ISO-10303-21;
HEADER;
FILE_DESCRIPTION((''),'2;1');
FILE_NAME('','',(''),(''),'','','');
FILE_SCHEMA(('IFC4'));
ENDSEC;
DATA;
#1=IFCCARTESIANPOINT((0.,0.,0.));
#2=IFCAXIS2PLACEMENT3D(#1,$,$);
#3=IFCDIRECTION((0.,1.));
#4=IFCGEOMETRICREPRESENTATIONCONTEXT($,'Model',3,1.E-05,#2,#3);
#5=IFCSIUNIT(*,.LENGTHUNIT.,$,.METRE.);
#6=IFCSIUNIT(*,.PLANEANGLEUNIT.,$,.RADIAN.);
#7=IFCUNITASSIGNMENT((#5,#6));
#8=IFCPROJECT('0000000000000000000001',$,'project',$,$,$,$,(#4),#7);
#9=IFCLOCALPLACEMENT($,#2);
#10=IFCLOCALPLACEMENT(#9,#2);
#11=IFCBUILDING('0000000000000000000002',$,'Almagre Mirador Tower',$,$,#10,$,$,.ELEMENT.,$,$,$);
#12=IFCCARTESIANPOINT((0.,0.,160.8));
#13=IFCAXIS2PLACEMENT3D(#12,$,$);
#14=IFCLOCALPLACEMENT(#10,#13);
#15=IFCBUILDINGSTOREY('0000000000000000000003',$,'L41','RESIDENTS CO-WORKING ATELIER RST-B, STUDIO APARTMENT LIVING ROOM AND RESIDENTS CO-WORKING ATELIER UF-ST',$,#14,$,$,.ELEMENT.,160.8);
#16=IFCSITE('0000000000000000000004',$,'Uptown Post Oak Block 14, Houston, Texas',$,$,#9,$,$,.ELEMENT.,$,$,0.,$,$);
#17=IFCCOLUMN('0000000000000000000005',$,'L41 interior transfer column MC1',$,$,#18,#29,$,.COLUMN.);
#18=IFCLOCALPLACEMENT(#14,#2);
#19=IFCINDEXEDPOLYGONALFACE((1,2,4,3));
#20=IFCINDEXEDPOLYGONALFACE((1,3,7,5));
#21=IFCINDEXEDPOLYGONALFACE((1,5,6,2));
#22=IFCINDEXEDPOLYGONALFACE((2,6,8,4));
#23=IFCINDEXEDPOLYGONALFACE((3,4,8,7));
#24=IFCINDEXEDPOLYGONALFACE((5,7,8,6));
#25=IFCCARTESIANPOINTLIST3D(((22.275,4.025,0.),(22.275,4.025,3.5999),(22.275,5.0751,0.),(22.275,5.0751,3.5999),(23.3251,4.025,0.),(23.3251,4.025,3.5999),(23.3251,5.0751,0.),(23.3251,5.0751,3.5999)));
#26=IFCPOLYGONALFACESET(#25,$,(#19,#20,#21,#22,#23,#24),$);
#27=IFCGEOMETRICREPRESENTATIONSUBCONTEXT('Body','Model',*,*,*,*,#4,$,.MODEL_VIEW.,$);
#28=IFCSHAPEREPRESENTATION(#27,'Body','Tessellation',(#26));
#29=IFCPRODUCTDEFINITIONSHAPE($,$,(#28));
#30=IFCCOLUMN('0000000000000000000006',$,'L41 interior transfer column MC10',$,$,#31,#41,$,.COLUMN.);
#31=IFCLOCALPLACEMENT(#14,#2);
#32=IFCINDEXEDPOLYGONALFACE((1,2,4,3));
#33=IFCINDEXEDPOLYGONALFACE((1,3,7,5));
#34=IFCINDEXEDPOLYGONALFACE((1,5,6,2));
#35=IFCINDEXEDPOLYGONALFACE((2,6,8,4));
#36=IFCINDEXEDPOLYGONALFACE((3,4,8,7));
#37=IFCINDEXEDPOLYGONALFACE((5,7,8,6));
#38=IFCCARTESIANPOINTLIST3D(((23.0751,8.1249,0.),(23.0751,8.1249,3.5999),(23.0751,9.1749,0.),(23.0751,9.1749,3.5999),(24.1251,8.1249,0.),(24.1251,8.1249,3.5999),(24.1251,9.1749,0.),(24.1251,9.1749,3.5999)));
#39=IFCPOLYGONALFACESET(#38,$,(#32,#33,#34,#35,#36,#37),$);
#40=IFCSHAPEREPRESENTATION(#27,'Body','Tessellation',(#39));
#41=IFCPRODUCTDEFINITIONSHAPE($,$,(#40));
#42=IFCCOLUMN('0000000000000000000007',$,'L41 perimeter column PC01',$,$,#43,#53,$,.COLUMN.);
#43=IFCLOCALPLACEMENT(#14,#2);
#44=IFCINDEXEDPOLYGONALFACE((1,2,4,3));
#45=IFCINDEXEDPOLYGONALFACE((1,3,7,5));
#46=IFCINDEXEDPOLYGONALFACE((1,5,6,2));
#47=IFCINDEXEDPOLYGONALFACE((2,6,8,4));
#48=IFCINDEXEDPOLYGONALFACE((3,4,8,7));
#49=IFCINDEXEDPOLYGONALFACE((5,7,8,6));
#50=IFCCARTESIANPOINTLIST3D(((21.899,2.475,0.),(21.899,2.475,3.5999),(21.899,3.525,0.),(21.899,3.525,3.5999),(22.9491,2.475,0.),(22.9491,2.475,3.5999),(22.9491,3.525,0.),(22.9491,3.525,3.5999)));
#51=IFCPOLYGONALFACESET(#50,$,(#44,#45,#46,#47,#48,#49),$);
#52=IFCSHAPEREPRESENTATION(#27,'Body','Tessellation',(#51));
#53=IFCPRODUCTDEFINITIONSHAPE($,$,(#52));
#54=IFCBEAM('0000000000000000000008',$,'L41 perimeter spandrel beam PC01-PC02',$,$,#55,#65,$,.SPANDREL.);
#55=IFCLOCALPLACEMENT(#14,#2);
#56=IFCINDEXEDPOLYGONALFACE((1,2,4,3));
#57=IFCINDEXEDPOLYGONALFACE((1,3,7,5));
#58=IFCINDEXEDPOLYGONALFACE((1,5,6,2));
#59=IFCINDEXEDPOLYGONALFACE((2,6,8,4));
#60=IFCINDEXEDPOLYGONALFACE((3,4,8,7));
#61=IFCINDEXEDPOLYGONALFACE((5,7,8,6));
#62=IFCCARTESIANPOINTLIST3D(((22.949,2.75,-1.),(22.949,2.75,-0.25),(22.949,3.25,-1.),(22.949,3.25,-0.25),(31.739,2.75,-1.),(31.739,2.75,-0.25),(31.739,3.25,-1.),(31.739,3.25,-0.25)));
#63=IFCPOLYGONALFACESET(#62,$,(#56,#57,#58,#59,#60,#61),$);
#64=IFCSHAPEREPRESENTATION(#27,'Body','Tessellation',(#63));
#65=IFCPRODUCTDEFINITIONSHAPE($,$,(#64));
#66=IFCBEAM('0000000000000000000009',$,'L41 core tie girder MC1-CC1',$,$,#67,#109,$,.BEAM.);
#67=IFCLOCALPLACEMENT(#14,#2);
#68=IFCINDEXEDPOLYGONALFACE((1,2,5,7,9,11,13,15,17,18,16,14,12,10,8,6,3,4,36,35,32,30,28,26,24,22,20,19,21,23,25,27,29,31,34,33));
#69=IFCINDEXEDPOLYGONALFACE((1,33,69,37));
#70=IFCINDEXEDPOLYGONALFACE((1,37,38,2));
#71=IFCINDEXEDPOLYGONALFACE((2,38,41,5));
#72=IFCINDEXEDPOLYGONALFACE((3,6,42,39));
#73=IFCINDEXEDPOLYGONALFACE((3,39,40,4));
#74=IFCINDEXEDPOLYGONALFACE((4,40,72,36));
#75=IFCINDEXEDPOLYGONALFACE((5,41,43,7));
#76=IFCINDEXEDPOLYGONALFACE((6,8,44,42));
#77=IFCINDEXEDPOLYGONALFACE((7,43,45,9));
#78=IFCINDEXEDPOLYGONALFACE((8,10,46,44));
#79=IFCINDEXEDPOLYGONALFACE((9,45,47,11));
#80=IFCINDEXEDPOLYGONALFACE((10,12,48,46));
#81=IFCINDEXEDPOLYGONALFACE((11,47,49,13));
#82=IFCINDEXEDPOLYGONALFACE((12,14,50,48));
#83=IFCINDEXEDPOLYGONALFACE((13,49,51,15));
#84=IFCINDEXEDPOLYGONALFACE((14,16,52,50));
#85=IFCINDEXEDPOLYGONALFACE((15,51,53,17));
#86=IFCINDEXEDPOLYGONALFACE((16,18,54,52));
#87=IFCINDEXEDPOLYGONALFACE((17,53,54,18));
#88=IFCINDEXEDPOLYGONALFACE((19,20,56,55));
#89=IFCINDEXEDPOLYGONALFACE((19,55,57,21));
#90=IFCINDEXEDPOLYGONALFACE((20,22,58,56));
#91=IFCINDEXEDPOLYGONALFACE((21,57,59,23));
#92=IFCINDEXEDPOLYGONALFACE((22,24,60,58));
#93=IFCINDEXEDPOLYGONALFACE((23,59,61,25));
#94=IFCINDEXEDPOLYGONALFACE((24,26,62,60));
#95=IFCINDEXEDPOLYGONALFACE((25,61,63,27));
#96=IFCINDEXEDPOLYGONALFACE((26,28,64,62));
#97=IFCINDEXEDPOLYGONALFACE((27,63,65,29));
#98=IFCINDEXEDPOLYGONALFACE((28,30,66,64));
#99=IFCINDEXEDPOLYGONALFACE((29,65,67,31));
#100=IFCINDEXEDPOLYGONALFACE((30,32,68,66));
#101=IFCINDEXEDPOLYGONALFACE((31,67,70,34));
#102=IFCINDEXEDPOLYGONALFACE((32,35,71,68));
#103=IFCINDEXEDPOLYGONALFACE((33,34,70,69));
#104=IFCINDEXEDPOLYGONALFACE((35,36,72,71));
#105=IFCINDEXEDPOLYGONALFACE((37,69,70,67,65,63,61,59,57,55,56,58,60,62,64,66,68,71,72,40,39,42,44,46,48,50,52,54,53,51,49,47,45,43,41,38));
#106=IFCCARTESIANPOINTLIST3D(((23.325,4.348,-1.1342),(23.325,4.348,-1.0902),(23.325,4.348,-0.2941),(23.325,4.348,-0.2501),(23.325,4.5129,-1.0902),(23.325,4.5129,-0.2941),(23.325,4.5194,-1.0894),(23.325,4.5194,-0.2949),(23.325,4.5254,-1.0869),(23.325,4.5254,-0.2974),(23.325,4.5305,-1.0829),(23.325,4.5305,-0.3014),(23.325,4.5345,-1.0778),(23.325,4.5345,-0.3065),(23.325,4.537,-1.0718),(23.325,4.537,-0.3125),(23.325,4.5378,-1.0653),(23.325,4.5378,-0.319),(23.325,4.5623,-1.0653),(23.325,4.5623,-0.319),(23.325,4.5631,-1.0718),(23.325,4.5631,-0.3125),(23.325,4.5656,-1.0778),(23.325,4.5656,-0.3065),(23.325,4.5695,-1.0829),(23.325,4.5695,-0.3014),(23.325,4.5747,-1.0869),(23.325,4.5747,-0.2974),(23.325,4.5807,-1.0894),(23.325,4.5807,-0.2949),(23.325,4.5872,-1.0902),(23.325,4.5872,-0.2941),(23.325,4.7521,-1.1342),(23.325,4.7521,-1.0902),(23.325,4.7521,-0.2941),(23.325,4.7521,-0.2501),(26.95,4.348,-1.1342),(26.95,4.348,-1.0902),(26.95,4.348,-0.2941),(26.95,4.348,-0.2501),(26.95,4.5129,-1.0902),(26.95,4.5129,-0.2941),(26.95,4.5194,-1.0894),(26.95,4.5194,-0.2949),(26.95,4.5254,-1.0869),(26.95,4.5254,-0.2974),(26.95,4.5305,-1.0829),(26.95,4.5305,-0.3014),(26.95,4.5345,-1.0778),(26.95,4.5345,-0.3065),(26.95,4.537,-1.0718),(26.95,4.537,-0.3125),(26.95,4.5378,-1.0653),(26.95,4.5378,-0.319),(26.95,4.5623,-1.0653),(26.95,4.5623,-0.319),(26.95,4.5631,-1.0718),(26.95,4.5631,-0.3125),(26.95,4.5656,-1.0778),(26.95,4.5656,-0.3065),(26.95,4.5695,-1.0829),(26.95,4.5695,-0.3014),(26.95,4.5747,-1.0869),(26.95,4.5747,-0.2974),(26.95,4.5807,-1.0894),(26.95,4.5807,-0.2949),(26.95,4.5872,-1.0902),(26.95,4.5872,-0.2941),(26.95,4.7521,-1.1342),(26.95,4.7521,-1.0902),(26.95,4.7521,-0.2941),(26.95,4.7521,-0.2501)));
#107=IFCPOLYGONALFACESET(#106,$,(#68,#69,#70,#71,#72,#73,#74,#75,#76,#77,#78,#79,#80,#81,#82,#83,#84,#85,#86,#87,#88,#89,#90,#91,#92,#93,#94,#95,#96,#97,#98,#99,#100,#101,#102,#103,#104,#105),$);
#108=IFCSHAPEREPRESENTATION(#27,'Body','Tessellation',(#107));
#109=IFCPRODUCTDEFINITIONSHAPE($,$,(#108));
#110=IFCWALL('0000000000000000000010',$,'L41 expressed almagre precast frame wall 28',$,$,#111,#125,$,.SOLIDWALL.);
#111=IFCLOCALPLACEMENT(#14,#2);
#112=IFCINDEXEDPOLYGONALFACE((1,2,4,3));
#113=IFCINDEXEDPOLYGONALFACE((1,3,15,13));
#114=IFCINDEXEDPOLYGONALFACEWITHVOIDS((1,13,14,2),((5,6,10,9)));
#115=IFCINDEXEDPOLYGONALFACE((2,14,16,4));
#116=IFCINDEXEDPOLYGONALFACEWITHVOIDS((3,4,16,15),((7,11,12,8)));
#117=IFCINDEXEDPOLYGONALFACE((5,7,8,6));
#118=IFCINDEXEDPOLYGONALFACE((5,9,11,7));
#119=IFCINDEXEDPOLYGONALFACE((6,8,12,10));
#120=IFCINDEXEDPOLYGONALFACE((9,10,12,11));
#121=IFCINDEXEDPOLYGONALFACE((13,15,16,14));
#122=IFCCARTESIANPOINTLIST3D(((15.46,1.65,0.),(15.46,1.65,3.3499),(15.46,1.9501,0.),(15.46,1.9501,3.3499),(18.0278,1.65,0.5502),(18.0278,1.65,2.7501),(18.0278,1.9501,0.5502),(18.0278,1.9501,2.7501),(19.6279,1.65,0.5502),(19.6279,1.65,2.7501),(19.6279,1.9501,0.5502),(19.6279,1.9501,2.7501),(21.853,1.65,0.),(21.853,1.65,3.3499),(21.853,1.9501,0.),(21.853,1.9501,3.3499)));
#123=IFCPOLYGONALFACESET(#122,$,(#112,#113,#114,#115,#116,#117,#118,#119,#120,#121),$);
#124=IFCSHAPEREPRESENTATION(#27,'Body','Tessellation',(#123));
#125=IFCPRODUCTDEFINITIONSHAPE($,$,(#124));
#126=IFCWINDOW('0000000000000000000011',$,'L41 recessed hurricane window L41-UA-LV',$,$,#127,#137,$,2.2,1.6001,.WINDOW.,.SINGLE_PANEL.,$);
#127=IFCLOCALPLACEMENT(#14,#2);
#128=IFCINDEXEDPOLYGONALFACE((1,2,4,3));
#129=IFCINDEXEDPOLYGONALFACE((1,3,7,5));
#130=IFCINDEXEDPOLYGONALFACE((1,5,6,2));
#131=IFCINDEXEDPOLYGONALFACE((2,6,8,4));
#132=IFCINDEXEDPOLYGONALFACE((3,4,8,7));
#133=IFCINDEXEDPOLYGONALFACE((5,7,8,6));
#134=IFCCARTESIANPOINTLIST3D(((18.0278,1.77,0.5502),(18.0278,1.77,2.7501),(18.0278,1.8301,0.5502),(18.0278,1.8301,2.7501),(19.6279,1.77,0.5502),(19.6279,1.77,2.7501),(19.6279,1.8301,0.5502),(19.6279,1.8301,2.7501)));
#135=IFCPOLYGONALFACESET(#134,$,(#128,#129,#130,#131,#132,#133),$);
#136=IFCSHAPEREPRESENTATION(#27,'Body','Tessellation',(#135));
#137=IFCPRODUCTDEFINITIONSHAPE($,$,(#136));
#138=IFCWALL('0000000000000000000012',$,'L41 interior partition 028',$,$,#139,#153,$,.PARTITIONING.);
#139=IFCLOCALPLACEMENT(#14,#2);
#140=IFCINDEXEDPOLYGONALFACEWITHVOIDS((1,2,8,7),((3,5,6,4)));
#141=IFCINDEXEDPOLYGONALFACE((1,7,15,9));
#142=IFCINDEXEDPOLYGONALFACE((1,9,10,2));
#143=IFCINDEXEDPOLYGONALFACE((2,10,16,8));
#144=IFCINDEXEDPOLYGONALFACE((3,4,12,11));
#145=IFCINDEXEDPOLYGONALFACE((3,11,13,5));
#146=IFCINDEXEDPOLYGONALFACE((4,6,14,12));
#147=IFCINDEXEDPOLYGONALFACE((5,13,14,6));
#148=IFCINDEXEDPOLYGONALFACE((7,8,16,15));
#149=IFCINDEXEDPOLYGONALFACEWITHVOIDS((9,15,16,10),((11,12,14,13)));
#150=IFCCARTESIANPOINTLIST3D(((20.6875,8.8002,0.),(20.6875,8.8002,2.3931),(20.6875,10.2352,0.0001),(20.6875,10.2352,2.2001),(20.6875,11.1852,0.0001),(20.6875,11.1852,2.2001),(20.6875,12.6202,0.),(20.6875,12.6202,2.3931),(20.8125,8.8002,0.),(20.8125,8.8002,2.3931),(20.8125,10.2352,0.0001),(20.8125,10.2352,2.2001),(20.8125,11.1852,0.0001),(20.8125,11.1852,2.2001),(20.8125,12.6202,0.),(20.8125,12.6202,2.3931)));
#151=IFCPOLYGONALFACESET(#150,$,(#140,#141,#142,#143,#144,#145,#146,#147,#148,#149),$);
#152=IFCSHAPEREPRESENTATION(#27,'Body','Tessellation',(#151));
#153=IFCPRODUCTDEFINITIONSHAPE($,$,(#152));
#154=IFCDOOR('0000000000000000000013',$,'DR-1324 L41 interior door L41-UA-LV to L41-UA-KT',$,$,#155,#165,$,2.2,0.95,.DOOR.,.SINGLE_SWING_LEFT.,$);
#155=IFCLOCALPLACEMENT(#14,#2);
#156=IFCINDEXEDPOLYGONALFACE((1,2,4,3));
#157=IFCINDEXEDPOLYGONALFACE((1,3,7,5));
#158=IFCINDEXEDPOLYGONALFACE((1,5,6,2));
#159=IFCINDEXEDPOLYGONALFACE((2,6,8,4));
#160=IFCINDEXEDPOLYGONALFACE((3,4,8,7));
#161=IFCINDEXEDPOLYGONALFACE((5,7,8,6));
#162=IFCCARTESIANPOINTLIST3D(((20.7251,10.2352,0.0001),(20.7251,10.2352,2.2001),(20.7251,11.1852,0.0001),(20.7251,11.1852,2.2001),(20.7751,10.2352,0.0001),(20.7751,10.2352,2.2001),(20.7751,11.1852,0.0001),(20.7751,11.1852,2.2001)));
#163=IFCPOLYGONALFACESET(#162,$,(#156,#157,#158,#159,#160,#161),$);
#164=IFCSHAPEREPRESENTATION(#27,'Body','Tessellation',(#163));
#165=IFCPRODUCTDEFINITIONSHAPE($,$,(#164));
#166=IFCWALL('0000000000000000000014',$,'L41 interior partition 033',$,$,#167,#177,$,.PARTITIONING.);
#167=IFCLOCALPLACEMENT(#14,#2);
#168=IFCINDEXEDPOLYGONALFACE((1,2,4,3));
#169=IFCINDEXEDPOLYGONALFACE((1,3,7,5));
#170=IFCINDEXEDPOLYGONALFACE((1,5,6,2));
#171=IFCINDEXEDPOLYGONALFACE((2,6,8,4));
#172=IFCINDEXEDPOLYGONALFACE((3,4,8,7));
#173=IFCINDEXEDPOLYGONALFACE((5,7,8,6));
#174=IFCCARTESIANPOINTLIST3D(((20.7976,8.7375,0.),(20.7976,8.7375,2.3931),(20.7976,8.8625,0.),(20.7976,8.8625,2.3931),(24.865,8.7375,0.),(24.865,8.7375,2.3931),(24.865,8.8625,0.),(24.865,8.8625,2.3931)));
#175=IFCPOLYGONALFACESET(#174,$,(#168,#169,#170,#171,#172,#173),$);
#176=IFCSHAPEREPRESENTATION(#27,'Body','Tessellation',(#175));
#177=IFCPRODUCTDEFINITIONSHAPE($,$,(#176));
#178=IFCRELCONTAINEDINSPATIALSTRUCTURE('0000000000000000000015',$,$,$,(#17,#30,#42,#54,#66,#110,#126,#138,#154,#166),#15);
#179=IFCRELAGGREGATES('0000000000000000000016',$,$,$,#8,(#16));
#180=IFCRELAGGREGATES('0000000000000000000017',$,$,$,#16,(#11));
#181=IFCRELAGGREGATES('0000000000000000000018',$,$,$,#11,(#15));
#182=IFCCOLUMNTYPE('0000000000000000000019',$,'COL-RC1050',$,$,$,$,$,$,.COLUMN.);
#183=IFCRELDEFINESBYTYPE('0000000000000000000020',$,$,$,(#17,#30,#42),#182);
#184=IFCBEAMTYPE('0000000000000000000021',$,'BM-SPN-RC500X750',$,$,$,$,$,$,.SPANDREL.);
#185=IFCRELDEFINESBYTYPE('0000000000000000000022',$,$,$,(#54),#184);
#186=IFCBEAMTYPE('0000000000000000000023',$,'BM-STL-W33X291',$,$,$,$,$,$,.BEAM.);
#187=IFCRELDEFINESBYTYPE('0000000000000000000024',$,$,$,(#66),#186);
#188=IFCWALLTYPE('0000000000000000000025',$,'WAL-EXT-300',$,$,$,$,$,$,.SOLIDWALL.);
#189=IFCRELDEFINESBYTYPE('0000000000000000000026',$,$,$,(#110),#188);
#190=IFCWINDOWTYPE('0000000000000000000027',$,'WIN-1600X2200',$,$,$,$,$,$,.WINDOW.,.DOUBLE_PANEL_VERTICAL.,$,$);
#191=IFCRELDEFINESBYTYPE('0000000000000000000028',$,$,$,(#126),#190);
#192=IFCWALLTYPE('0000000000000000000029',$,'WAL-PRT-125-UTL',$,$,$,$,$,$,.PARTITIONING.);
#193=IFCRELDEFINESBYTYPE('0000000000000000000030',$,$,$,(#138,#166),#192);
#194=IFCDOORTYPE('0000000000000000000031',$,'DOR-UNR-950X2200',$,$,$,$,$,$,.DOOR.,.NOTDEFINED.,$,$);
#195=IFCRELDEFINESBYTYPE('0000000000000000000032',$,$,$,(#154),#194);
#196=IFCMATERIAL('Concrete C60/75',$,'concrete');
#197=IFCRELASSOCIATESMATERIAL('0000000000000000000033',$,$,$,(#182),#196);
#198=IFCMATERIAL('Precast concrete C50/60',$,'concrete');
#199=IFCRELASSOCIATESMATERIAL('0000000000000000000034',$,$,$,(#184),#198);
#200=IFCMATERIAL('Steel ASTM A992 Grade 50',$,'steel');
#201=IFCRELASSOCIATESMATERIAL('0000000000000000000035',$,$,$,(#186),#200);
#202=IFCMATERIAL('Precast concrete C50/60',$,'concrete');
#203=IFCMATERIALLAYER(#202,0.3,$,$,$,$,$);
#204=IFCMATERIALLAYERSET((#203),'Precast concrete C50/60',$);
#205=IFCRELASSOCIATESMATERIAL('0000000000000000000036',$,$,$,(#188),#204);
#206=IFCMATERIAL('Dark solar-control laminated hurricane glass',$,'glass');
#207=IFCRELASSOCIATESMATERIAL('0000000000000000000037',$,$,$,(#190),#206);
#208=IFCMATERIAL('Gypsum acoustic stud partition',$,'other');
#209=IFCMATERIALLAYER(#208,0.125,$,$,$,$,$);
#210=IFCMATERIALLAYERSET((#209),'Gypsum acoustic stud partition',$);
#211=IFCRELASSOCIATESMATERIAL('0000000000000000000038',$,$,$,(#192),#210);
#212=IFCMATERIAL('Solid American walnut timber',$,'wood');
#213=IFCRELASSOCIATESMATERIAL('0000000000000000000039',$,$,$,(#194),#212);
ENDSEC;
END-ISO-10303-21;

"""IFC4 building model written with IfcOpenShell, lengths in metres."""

from ifc_helpers import new_model, si_unit, direction, frame, frame_2d, origin, origin_2d, place, context, subcontext, project, spatial, rectangle, i_section, extrude, material, layer, layer_set, material_profile, profile_set, type_object, element, fill, save


model = new_model("IFC4")

# Units and contexts
model_context = context("Model", 3, precision=1e-05, world=origin(), true_north=direction((0.0, 1.0)))
body_context = subcontext(model_context, "Body", "Model", "MODEL_VIEW")
ifc_project = project(units=[si_unit("LENGTHUNIT", "METRE"), si_unit("PLANEANGLEUNIT", "RADIAN")], contexts=[model_context])

# Site, building, storey
site_placement = place(None, origin())
site = spatial("IfcSite", under=ifc_project, at=site_placement, Name="Uptown Post Oak Block 14, Houston, Texas", CompositionType="ELEMENT", RefElevation=0.0)
building_placement = place(site_placement, origin())
building = spatial("IfcBuilding", under=site, at=building_placement, Name="Almagre Mirador Tower", CompositionType="ELEMENT")
storey_placement = place(building_placement, frame((0.0, 0.0, 160.8)))
storey = spatial("IfcBuildingStorey", under=building, at=storey_placement, Name="L41", Description="RESIDENTS CO-WORKING ATELIER RST-B, STUDIO APARTMENT LIVING ROOM AND RESIDENTS CO-WORKING ATELIER UF-ST", CompositionType="ELEMENT", Elevation=160.8)

# Columns
ifc_material_1 = material(Name="Concrete C60/75", Category="concrete")
ifc_material_profile_1 = material_profile(ifc_material_1, rectangle(XDim=1.05, YDim=1.05, at=origin_2d()), Name="RC1050X1050")
ifc_profile_set_1 = profile_set([ifc_material_profile_1], Name="Concrete C60/75")
column_type = type_object("IfcColumnType", Name="COL-RC1050", PredefinedType="COLUMN", material=ifc_profile_set_1)
for number, where, z_axis, x_axis, name in (
    (1, (22.8, 4.55, 0.0), (0.0, 0.0, 1.0), (1.0, 0.0, 0.0), "L41 interior transfer column MC1"),
    (2, (23.6001, 8.6499, 0.0), (0.0, 0.0, 1.0), (1.0, 0.0, 0.0), "L41 interior transfer column MC10"),
    (3, (22.4241, 3.0, 0.0), (0.0, 0.0, 1.0), (1.0, 0.0, 0.0), "L41 perimeter column PC01"),
):
    element("IfcColumn", number, at=place(storey_placement, frame(where, z_axis=z_axis, x_axis=x_axis)), inside=storey, type_object=column_type, Name=name, PredefinedType="COLUMN", context=body_context, shape_type="SweptSolid", body=[
        extrude(rectangle(XDim=1.05, YDim=1.05, at=origin_2d()), origin(), (0.0, 0.0, 1.0), 3.5999),
    ])

# Beams
ifc_material_2 = material(Name="Precast concrete C50/60", Category="concrete")
ifc_material_profile_2 = material_profile(ifc_material_2, rectangle(XDim=0.5, YDim=0.75, at=origin_2d()), Name="RC500X750")
ifc_profile_set_2 = profile_set([ifc_material_profile_2], Name="Precast concrete C50/60")
beam_type_1 = type_object("IfcBeamType", Name="BM-SPN-RC500X750", PredefinedType="SPANDREL", material=ifc_profile_set_2)
beam_1_placement = place(storey_placement, frame((22.949, 3.0, -0.625), z_axis=(1.0, 0.0, 0.0), x_axis=(0.0, 1.0, 0.0)))
element("IfcBeam", 4, at=beam_1_placement, inside=storey, type_object=beam_type_1, Name="L41 perimeter spandrel beam PC01-PC02", PredefinedType="SPANDREL", context=body_context, shape_type="SweptSolid", body=[
    extrude(rectangle(XDim=0.5, YDim=0.75, at=origin_2d()), origin(), (0.0, 0.0, 1.0), 8.79),
])
ifc_material_3 = material(Name="Steel ASTM A992 Grade 50", Category="steel")
ifc_material_profile_3 = material_profile(ifc_material_3, i_section(OverallWidth=0.4041, OverallDepth=0.884, WebThickness=0.0244, FlangeThickness=0.0439, FilletRadius=0.0249, at=origin_2d()), Name="W33X291")
ifc_profile_set_3 = profile_set([ifc_material_profile_3], Name="Steel ASTM A992 Grade 50")
beam_type_2 = type_object("IfcBeamType", Name="BM-STL-W33X291", PredefinedType="BEAM", material=ifc_profile_set_3)
beam_2_placement = place(storey_placement, frame((23.325, 4.55, -0.6921), z_axis=(1.0, 0.0, 0.0), x_axis=(0.0, 1.0, 0.0)))
element("IfcBeam", 5, at=beam_2_placement, inside=storey, type_object=beam_type_2, Name="L41 core tie girder MC1-CC1", PredefinedType="BEAM", context=body_context, shape_type="SweptSolid", body=[
    extrude(i_section(OverallWidth=0.4041, OverallDepth=0.884, WebThickness=0.0244, FlangeThickness=0.0439, FilletRadius=0.0249, at=origin_2d()), origin(), (0.0, 0.0, 1.0), 3.625),
])

# Wall, opening, window
ifc_material_4 = material(Name="Precast concrete C50/60", Category="concrete")
ifc_layer_1 = layer(ifc_material_4, 0.3)
ifc_layer_set_1 = layer_set([ifc_layer_1], Name="Precast concrete C50/60")
wall_type_1 = type_object("IfcWallType", Name="WAL-EXT-300", PredefinedType="SOLIDWALL", material=ifc_layer_set_1)
wall_1_placement = place(storey_placement, frame((21.853, 1.8, 0.0), z_axis=(0.0, 0.0, 1.0), x_axis=(-1.0, 0.0, 0.0)))
wall_1 = element("IfcWall", 6, at=wall_1_placement, inside=storey, type_object=wall_type_1, Name="L41 expressed almagre precast frame wall 28", PredefinedType="SOLIDWALL", context=body_context, shape_type="SweptSolid", body=[
    extrude(rectangle(XDim=6.3931, YDim=0.3, at=frame_2d((3.1965, 0.0))), origin(), (0.0, 0.0, 1.0), 3.3499),
])
opening_1_placement = place(wall_1_placement, frame((2.2251, 0.0, 0.55)))
opening_1 = element("IfcOpeningElement", 7, at=opening_1_placement, cuts=wall_1, PredefinedType="OPENING", context=body_context, shape_type="SweptSolid", body=[
    extrude(rectangle(XDim=1.6001, YDim=2.2, at=frame_2d((0.8, 1.1001))), frame((0.0, 0.1599, 0.0), z_axis=(0.0, -1.0, 0.0), x_axis=(1.0, 0.0, 0.0)), (0.0, 0.0, 1.0), 0.32),
])
ifc_material_5 = material(Name="Dark solar-control laminated hurricane glass", Category="glass")
window_type = type_object("IfcWindowType", Name="WIN-1600X2200", PartitioningType="DOUBLE_PANEL_VERTICAL", PredefinedType="WINDOW", material=ifc_material_5)
window_placement = place(opening_1_placement, origin())
window = element("IfcWindow", 8, at=window_placement, inside=storey, type_object=window_type, Name="L41 recessed hurricane window L41-UA-LV", OverallHeight=2.2, OverallWidth=1.6001, PartitioningType="SINGLE_PANEL", PredefinedType="WINDOW", context=body_context, shape_type="SweptSolid", body=[
    extrude(rectangle(XDim=1.6001, YDim=2.2, at=frame_2d((0.8, 1.1001))), frame((0.0, 0.03, 0.0), z_axis=(0.0, -1.0, 0.0), x_axis=(1.0, 0.0, 0.0)), (0.0, 0.0, 1.0), 0.0601),
])
fill(opening_1, window)

# Wall, opening, door
ifc_material_6 = material(Name="Gypsum acoustic stud partition", Category="other")
ifc_layer_2 = layer(ifc_material_6, 0.125)
ifc_layer_set_2 = layer_set([ifc_layer_2], Name="Gypsum acoustic stud partition")
wall_type_2 = type_object("IfcWallType", Name="WAL-PRT-125-UTL", PredefinedType="PARTITIONING", material=ifc_layer_set_2)
wall_2_placement = place(storey_placement, frame((20.75, 8.8, 0.0), z_axis=(0.0, 0.0, 1.0), x_axis=(0.0, 1.0, 0.0)))
wall_2 = element("IfcWall", 9, at=wall_2_placement, inside=storey, type_object=wall_type_2, Name="L41 interior partition 028", PredefinedType="PARTITIONING", context=body_context, shape_type="SweptSolid", body=[
    extrude(rectangle(XDim=3.8201, YDim=0.125, at=frame_2d((1.9102, 0.0))), origin(), (0.0, 0.0, 1.0), 2.3931),
])
opening_2_placement = place(wall_2_placement, frame((1.4351, 0.0, 0.0)))
opening_2 = element("IfcOpeningElement", 10, at=opening_2_placement, cuts=wall_2, PredefinedType="OPENING", context=body_context, shape_type="SweptSolid", body=[
    extrude(rectangle(XDim=0.95, YDim=2.2, at=frame_2d((0.4751, 1.1001))), frame((0.0, 0.0725, 0.0), z_axis=(0.0, -1.0, 0.0), x_axis=(1.0, 0.0, 0.0)), (0.0, 0.0, 1.0), 0.145),
])
ifc_material_7 = material(Name="Solid American walnut timber", Category="wood")
door_type_1 = type_object("IfcDoorType", Name="DOR-UNR-950X2200", OperationType="NOTDEFINED", PredefinedType="DOOR", material=ifc_material_7)
door_1_placement = place(opening_2_placement, origin())
door_1 = element("IfcDoor", 11, at=door_1_placement, inside=storey, type_object=door_type_1, Name="DR-1324 L41 interior door L41-UA-LV to L41-UA-KT", OperationType="SINGLE_SWING_LEFT", OverallHeight=2.2, OverallWidth=0.95, PredefinedType="DOOR", context=body_context, shape_type="SweptSolid", body=[
    extrude(rectangle(XDim=0.95, YDim=2.2, at=frame_2d((0.4751, 1.1001))), frame((0.0, 0.0249, 0.0), z_axis=(0.0, -1.0, 0.0), x_axis=(1.0, 0.0, 0.0)), (0.0, 0.0, 1.0), 0.05),
])
fill(opening_2, door_1)

# Wall
wall_3_placement = place(storey_placement, frame((20.7976, 8.8, 0.0), z_axis=(0.0, 0.0, 1.0), x_axis=(1.0, 0.0, 0.0)))
element("IfcWall", 12, at=wall_3_placement, inside=storey, type_object=wall_type_2, Name="L41 interior partition 033", PredefinedType="PARTITIONING", context=body_context, shape_type="SweptSolid", body=[
    extrude(rectangle(XDim=4.0674, YDim=0.125, at=frame_2d((2.0337, 0.0))), origin(), (0.0, 0.0, 1.0), 2.3931),
])

save(model, "model.ifc")
